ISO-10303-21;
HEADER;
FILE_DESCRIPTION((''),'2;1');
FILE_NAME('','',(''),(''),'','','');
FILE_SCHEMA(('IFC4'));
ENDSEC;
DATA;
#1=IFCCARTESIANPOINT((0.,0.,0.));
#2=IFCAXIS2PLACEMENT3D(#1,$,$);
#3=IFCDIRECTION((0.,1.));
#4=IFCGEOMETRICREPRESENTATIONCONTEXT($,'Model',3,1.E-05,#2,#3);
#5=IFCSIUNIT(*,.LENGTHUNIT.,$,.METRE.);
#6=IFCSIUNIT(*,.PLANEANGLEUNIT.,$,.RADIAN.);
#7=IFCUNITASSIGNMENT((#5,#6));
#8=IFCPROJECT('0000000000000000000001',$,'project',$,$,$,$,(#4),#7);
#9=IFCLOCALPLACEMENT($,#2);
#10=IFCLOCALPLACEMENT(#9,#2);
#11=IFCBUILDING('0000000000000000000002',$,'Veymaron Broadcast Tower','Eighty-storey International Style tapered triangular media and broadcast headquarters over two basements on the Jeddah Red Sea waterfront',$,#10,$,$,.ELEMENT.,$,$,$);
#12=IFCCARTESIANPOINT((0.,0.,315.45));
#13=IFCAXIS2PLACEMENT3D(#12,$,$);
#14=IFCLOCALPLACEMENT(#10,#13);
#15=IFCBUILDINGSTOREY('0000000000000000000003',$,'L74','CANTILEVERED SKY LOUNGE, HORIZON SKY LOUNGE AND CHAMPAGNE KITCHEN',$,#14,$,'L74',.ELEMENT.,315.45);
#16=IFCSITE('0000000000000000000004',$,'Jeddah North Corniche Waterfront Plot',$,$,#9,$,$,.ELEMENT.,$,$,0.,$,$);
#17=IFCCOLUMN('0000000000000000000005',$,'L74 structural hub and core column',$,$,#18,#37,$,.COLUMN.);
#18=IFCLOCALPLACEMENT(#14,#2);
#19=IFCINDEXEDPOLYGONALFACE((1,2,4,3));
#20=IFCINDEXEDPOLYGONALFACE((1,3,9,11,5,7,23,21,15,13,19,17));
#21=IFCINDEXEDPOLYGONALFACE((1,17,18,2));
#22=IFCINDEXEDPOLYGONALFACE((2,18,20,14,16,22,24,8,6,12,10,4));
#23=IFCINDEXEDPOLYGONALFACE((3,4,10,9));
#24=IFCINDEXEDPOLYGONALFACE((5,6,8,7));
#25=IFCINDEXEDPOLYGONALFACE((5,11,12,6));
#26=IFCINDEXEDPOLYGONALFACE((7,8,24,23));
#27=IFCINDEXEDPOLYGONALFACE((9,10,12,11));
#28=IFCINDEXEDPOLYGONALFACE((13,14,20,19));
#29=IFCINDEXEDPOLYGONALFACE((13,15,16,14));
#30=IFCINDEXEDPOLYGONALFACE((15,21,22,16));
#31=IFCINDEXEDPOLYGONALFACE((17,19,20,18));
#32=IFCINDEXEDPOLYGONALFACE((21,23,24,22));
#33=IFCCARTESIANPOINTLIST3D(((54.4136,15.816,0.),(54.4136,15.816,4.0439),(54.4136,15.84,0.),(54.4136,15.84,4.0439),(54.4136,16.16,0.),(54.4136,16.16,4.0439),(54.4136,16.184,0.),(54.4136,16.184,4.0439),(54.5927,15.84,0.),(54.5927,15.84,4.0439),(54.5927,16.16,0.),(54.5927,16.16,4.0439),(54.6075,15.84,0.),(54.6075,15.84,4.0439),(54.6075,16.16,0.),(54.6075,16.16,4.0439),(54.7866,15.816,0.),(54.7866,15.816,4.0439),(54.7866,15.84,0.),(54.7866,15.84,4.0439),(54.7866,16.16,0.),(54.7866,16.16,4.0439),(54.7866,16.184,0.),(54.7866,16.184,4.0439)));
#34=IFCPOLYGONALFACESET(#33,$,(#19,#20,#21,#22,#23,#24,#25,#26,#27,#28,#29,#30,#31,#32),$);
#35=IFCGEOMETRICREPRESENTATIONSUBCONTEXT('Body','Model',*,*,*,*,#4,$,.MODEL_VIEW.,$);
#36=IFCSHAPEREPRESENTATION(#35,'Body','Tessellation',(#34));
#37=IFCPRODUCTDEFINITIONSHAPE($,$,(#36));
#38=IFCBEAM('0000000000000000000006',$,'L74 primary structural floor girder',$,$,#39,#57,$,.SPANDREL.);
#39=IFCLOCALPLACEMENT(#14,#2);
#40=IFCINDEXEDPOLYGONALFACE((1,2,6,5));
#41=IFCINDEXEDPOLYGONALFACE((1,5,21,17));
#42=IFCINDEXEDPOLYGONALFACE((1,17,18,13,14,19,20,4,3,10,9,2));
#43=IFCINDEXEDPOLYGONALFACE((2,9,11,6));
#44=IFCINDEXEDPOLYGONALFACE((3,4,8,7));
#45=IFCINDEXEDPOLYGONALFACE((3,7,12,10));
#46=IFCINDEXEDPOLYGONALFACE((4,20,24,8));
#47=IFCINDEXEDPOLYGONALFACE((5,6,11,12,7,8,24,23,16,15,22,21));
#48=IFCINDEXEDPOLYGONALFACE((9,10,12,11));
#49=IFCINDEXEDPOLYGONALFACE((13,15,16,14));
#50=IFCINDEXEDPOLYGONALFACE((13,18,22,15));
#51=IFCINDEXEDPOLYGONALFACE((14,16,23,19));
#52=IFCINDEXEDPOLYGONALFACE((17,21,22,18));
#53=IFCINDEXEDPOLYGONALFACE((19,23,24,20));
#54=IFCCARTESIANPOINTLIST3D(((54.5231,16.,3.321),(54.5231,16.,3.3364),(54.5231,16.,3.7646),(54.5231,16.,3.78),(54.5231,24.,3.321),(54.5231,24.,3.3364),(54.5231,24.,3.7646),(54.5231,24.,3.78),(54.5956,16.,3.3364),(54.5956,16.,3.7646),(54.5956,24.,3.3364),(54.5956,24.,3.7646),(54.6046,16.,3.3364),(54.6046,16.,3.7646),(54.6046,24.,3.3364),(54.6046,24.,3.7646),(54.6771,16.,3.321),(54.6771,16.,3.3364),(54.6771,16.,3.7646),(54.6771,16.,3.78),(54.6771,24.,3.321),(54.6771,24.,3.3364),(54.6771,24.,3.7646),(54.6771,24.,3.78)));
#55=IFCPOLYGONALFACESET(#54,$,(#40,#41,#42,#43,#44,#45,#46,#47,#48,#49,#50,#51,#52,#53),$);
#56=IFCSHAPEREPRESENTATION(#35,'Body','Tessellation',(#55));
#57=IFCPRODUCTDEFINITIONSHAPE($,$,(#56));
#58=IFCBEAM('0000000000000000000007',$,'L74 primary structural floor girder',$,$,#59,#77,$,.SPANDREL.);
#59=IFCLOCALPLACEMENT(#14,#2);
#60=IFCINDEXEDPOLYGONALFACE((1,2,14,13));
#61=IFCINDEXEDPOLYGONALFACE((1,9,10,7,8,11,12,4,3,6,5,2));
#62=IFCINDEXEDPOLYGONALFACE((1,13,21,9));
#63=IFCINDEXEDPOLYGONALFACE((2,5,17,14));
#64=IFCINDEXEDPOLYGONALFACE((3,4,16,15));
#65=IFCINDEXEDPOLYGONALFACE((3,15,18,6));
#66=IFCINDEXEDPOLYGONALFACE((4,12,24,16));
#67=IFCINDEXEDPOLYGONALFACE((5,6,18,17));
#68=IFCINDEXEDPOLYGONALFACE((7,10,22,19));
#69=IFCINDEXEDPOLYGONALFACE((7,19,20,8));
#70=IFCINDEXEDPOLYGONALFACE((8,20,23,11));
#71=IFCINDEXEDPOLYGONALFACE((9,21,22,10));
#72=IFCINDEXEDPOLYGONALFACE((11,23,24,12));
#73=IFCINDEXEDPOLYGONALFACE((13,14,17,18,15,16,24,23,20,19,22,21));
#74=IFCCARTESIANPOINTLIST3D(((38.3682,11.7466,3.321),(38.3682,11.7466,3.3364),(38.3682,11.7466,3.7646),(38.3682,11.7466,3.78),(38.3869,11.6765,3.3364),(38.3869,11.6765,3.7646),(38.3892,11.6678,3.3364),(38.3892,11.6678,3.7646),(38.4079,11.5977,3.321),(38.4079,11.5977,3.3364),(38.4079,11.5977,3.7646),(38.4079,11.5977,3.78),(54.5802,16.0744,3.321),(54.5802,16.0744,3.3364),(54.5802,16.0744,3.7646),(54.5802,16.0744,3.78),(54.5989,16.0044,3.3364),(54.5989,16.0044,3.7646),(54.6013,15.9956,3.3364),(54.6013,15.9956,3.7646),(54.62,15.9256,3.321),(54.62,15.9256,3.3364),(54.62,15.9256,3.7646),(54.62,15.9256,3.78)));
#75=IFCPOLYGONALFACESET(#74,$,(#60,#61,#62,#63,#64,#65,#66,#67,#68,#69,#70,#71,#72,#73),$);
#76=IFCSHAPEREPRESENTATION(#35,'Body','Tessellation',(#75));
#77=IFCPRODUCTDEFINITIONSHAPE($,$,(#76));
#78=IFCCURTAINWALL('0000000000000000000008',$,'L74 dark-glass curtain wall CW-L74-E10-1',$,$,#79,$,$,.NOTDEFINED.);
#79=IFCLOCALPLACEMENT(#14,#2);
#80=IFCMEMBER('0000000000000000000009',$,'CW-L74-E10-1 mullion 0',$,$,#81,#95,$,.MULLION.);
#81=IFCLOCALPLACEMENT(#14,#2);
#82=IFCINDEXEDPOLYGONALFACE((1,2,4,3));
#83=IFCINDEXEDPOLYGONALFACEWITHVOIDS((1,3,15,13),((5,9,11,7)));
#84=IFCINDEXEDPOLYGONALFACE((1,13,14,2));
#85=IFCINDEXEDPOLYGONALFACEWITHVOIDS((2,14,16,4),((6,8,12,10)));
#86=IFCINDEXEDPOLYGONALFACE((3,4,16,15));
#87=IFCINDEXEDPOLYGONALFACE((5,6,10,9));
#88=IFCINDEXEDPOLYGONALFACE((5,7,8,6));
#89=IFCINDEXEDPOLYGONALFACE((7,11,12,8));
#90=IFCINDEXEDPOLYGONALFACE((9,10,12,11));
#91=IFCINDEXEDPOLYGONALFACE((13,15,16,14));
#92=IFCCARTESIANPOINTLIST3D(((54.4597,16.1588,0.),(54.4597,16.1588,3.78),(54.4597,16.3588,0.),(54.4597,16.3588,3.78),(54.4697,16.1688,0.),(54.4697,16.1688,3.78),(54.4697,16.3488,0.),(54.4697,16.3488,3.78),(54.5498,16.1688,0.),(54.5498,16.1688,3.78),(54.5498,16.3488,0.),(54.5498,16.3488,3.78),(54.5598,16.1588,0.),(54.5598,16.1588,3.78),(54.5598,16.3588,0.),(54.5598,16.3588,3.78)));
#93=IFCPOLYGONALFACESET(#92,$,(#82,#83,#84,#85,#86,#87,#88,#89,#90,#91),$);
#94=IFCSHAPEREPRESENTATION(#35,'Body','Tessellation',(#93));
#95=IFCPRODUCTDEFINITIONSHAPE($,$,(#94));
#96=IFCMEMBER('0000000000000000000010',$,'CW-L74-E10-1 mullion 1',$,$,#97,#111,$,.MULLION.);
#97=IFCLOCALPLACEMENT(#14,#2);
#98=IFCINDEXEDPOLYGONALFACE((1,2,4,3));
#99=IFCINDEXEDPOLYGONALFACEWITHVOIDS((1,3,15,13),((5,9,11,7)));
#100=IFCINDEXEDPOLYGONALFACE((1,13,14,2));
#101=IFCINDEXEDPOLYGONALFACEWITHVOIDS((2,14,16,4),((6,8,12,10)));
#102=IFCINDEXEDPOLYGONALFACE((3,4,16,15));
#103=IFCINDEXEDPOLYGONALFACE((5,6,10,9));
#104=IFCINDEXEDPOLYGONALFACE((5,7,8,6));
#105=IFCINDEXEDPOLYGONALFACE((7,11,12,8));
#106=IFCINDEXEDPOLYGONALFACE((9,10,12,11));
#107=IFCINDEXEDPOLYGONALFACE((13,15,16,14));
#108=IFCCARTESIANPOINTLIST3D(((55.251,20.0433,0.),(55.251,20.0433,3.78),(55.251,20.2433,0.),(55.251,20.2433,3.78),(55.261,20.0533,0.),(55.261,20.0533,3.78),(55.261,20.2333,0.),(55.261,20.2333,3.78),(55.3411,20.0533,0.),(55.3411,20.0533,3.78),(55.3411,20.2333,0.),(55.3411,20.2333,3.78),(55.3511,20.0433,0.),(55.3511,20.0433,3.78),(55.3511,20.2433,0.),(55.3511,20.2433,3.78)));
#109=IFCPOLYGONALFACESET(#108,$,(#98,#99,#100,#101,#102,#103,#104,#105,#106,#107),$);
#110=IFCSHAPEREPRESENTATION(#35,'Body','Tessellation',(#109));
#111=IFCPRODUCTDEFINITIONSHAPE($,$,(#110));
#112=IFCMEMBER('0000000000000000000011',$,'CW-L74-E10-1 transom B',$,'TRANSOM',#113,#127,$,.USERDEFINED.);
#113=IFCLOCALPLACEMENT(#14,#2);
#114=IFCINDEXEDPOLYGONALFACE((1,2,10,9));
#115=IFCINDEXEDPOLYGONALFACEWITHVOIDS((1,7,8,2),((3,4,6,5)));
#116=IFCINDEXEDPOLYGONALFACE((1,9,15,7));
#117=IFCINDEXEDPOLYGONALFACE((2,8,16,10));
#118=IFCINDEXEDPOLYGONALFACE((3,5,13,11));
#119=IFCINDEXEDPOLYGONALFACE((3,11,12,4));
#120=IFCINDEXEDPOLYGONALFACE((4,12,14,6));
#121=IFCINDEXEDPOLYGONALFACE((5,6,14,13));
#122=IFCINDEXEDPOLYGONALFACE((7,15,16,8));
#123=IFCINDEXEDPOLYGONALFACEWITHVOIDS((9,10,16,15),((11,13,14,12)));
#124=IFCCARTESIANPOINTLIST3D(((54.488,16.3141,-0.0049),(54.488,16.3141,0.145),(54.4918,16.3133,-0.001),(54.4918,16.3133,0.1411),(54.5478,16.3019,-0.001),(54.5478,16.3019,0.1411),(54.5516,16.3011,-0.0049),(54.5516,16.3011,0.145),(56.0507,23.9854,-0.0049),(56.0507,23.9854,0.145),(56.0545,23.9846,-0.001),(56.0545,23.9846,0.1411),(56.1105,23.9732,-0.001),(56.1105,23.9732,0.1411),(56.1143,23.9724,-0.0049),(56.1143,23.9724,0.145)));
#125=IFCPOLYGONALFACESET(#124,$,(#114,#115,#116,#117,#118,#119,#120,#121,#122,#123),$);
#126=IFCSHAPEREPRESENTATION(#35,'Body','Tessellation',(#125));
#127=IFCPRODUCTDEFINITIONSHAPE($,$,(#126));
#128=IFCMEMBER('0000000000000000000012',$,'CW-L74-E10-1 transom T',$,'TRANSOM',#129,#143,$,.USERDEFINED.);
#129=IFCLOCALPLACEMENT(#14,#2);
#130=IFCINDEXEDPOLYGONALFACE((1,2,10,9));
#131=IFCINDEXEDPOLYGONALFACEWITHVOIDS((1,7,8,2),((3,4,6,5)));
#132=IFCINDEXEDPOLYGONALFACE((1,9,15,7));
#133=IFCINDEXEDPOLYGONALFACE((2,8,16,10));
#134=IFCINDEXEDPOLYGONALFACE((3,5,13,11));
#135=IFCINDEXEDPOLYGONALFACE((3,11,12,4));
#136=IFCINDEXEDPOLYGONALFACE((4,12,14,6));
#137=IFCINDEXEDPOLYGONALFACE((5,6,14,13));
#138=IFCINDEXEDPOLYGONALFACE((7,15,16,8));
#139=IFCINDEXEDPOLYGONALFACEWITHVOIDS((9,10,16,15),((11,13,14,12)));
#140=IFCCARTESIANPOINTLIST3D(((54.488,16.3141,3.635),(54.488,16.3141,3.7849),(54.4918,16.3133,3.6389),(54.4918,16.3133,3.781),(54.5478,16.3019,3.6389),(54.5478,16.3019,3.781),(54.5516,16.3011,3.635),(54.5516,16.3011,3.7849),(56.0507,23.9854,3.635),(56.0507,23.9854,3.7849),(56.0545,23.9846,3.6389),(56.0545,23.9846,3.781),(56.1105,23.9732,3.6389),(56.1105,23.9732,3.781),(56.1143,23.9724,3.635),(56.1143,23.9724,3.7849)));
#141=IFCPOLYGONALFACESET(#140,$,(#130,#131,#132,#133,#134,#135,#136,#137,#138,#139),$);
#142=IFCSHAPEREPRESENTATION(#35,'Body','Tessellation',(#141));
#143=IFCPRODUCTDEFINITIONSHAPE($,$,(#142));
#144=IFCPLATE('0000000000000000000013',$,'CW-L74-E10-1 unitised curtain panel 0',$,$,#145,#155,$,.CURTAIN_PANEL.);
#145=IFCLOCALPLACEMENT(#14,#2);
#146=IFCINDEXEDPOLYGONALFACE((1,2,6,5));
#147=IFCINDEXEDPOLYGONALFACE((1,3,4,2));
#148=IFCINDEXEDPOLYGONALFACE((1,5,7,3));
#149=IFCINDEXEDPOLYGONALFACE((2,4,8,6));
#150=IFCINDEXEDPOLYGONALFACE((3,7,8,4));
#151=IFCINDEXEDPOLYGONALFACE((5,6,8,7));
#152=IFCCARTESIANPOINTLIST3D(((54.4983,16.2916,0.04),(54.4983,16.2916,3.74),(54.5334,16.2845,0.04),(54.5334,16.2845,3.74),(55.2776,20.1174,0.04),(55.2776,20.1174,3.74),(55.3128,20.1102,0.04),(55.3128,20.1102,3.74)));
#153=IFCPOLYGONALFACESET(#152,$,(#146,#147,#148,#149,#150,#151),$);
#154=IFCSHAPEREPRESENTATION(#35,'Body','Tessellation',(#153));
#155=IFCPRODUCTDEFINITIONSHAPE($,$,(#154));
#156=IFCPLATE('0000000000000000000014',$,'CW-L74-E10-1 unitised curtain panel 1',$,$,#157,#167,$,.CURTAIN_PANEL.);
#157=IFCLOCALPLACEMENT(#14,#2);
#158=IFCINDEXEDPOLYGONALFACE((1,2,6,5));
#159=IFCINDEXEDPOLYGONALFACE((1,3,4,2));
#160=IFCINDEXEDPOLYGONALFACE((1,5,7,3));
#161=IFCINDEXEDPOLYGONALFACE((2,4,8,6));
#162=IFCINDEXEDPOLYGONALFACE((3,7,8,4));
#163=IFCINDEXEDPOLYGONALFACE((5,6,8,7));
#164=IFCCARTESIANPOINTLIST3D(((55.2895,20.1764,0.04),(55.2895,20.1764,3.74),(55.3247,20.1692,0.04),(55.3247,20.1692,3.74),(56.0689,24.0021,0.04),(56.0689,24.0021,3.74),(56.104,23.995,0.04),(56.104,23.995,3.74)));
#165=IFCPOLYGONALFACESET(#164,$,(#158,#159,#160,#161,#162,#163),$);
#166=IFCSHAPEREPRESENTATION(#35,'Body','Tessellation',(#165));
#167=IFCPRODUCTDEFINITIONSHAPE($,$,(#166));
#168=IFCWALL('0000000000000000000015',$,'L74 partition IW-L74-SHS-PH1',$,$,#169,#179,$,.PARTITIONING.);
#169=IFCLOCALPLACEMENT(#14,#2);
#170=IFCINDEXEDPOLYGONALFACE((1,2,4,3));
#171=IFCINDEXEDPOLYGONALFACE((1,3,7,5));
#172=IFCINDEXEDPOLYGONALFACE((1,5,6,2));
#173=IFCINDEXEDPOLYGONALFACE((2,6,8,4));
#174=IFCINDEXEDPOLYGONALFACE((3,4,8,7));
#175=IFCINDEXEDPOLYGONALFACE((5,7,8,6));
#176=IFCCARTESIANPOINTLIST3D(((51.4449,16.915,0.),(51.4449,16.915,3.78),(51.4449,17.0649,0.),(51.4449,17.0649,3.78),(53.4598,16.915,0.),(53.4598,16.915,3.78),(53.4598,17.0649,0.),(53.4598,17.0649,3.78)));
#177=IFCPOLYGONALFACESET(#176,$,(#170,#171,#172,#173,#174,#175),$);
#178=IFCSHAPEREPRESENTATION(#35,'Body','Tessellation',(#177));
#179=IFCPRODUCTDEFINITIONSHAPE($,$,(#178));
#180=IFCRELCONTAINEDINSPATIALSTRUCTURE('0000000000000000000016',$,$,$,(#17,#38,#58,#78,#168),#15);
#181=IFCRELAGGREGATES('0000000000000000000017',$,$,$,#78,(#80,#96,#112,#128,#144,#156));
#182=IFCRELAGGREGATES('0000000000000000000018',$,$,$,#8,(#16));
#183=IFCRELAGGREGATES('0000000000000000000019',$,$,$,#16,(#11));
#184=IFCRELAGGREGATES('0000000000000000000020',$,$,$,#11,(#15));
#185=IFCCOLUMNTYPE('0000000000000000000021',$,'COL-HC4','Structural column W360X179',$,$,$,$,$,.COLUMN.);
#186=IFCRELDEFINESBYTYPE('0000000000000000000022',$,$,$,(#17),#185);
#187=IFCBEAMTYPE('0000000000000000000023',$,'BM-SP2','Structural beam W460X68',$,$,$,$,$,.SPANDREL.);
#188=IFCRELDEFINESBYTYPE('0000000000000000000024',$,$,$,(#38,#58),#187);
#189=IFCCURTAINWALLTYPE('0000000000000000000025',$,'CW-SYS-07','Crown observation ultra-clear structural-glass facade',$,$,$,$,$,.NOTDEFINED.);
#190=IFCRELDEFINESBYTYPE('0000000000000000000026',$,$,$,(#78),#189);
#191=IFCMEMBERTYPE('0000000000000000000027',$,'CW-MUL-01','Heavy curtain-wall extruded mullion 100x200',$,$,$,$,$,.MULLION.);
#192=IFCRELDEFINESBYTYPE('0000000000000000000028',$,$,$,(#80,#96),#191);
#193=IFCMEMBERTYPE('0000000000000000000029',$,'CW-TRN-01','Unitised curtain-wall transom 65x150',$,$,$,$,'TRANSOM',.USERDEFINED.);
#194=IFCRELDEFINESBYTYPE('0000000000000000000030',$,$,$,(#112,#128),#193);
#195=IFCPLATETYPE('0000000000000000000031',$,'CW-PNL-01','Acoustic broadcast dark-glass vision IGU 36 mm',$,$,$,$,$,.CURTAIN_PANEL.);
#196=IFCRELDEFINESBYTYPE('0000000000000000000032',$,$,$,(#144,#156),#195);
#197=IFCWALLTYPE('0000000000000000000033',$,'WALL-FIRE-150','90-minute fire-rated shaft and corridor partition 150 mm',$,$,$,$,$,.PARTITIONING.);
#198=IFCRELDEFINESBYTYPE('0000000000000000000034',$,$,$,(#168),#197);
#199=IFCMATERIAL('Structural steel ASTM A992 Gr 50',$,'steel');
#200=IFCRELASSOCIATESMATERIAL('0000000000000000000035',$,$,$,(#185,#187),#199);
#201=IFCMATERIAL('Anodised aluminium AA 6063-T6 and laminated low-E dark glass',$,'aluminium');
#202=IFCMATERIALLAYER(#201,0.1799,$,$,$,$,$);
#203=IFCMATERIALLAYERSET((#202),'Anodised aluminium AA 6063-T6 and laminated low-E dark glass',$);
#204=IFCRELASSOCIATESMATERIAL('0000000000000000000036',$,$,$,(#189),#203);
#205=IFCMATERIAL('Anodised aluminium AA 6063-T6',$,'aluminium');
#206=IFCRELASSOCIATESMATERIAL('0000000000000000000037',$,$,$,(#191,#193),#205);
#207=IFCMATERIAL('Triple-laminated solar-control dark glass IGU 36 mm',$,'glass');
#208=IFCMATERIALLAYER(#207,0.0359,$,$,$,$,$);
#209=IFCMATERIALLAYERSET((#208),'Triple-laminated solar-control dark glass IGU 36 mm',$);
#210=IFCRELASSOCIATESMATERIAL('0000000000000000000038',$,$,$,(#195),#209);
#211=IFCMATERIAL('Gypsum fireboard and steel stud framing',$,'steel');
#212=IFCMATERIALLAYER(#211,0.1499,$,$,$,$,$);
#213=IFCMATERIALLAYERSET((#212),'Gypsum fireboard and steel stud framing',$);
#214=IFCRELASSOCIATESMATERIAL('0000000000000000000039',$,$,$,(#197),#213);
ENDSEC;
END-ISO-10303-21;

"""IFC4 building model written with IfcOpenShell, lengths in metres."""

from ifc_helpers import new_model, si_unit, direction, frame, frame_2d, origin, origin_2d, place, context, subcontext, project, spatial, rectangle, hollow_rectangle, i_section, extrude, material, layer, layer_set, material_profile, profile_set, type_object, element, aggregate, save


model = new_model("IFC4")

# Units and contexts
model_context = context("Model", 3, precision=1e-05, world=origin(), true_north=direction((0.0, 1.0)))
body_context = subcontext(model_context, "Body", "Model", "MODEL_VIEW")
ifc_project = project(units=[si_unit("LENGTHUNIT", "METRE"), si_unit("PLANEANGLEUNIT", "RADIAN")], contexts=[model_context])

# Site, building, storey
site_placement = place(None, origin())
site = spatial("IfcSite", under=ifc_project, at=site_placement, Name="Jeddah North Corniche Waterfront Plot", CompositionType="ELEMENT", RefElevation=0.0)
building_placement = place(site_placement, origin())
building = spatial("IfcBuilding", under=site, at=building_placement, Name="Veymaron Broadcast Tower", Description="Eighty-storey International Style tapered triangular media and broadcast headquarters over two basements on the Jeddah Red Sea waterfront", CompositionType="ELEMENT")
storey_placement = place(building_placement, frame((0.0, 0.0, 315.45)))
storey = spatial("IfcBuildingStorey", under=building, at=storey_placement, Name="L74", Description="CANTILEVERED SKY LOUNGE, HORIZON SKY LOUNGE AND CHAMPAGNE KITCHEN", LongName="L74", CompositionType="ELEMENT", Elevation=315.45)

# Column
ifc_material_1 = material(Name="Structural steel ASTM A992 Gr 50", Category="steel")
ifc_material_profile_1 = material_profile(ifc_material_1, i_section(OverallWidth=0.373, OverallDepth=0.3679, WebThickness=0.0149, FlangeThickness=0.0239, at=origin_2d()), Name="W360X179")
ifc_profile_set_1 = profile_set([ifc_material_profile_1], Name="Structural steel ASTM A992 Gr 50")
column_type = type_object("IfcColumnType", Name="COL-HC4", Description="Structural column W360X179", PredefinedType="COLUMN", material=ifc_profile_set_1)
column_placement = place(storey_placement, frame((54.6001, 16.0, 0.0), z_axis=(0.0, 0.0, 1.0), x_axis=(1.0, 0.0, 0.0)))
element("IfcColumn", 1, at=column_placement, inside=storey, type_object=column_type, Name="L74 structural hub and core column", PredefinedType="COLUMN", context=body_context, shape_type="SweptSolid", body=[
    extrude(i_section(OverallWidth=0.373, OverallDepth=0.3679, WebThickness=0.0149, FlangeThickness=0.0239, at=origin_2d()), origin(), (0.0, 0.0, 1.0), 4.0439),
])

# Beams
ifc_material_profile_2 = material_profile(ifc_material_1, i_section(OverallWidth=0.1541, OverallDepth=0.459, WebThickness=0.009, FlangeThickness=0.0154, at=origin_2d()), Name="W460X68")
ifc_profile_set_2 = profile_set([ifc_material_profile_2], Name="Structural steel ASTM A992 Gr 50")
beam_type = type_object("IfcBeamType", Name="BM-SP2", Description="Structural beam W460X68", PredefinedType="SPANDREL", material=ifc_profile_set_2)
beam_1_placement = place(storey_placement, frame((54.6001, 16.0, 3.5505), z_axis=(0.0, 1.0, 0.0), x_axis=(-1.0, 0.0, 0.0)))
element("IfcBeam", 2, at=beam_1_placement, inside=storey, type_object=beam_type, Name="L74 primary structural floor girder", PredefinedType="SPANDREL", context=body_context, shape_type="SweptSolid", body=[
    extrude(i_section(OverallWidth=0.1541, OverallDepth=0.459, WebThickness=0.009, FlangeThickness=0.0154, at=origin_2d()), origin(), (0.0, 0.0, 1.0), 8.0),
])
beam_2_placement = place(storey_placement, frame((54.6001, 16.0, 3.5505), z_axis=(-0.966166, -0.257921, 0.0), x_axis=(0.257921, -0.966166, 0.0)))
element("IfcBeam", 3, at=beam_2_placement, inside=storey, type_object=beam_type, Name="L74 primary structural floor girder", PredefinedType="SPANDREL", context=body_context, shape_type="SweptSolid", body=[
    extrude(i_section(OverallWidth=0.1541, OverallDepth=0.459, WebThickness=0.009, FlangeThickness=0.0154, at=origin_2d()), origin(), (0.0, 0.0, 1.0), 16.7798),
])

# Curtain wall, members, plates
ifc_material_2 = material(Name="Anodised aluminium AA 6063-T6 and laminated low-E dark glass", Category="aluminium")
ifc_layer_1 = layer(ifc_material_2, 0.1799)
ifc_layer_set_1 = layer_set([ifc_layer_1], Name="Anodised aluminium AA 6063-T6 and laminated low-E dark glass")
curtain_wall_type = type_object("IfcCurtainWallType", Name="CW-SYS-07", Description="Crown observation ultra-clear structural-glass facade", PredefinedType="NOTDEFINED", material=ifc_layer_set_1)
curtain_wall_placement = place(storey_placement, origin())
curtain_wall = element("IfcCurtainWall", 4, at=curtain_wall_placement, inside=storey, type_object=curtain_wall_type, Name="L74 dark-glass curtain wall CW-L74-E10-1", PredefinedType="NOTDEFINED")
ifc_material_3 = material(Name="Anodised aluminium AA 6063-T6", Category="aluminium")
ifc_material_profile_3 = material_profile(ifc_material_3, hollow_rectangle(XDim=0.1001, YDim=0.2, WallThickness=0.01, at=origin_2d()), Name="RHS200X100X10")
ifc_profile_set_3 = profile_set([ifc_material_profile_3], Name="Anodised aluminium AA 6063-T6")
member_type_1 = type_object("IfcMemberType", Name="CW-MUL-01", Description="Heavy curtain-wall extruded mullion 100x200", PredefinedType="MULLION", material=ifc_profile_set_3)
member_1_placement = place(storey_placement, frame((54.5098, 16.2588, 0.0), z_axis=(0.0, 0.0, 1.0), x_axis=(1.0, 0.0, 0.0)))
member_1 = element("IfcMember", 5, at=member_1_placement, type_object=member_type_1, Name="CW-L74-E10-1 mullion 0", PredefinedType="MULLION", context=body_context, shape_type="SweptSolid", body=[
    extrude(hollow_rectangle(XDim=0.1001, YDim=0.2, WallThickness=0.01, at=origin_2d()), origin(), (0.0, 0.0, 1.0), 3.78),
])
member_2_placement = place(storey_placement, frame((55.301, 20.1433, 0.0), z_axis=(0.0, 0.0, 1.0), x_axis=(1.0, 0.0, 0.0)))
member_2 = element("IfcMember", 6, at=member_2_placement, type_object=member_type_1, Name="CW-L74-E10-1 mullion 1", PredefinedType="MULLION", context=body_context, shape_type="SweptSolid", body=[
    extrude(hollow_rectangle(XDim=0.1001, YDim=0.2, WallThickness=0.01, at=origin_2d()), origin(), (0.0, 0.0, 1.0), 3.78),
])
ifc_material_profile_4 = material_profile(ifc_material_3, hollow_rectangle(XDim=0.0649, YDim=0.1499, WallThickness=0.0039, at=origin_2d()), Name="AL150X65X4")
ifc_profile_set_4 = profile_set([ifc_material_profile_4], Name="Anodised aluminium AA 6063-T6")
member_type_2 = type_object("IfcMemberType", Name="CW-TRN-01", Description="Unitised curtain-wall transom 65x150", ElementType="TRANSOM", PredefinedType="USERDEFINED", material=ifc_profile_set_4)
member_3_placement = place(storey_placement, frame((54.5198, 16.3076, 0.0701), z_axis=(0.199611, 0.979875, 0.0), x_axis=(-0.979875, 0.199611, 0.0)))
member_3 = element("IfcMember", 7, at=member_3_placement, type_object=member_type_2, Name="CW-L74-E10-1 transom B", ObjectType="TRANSOM", PredefinedType="USERDEFINED", context=body_context, shape_type="SweptSolid", body=[
    extrude(hollow_rectangle(XDim=0.0649, YDim=0.1499, WallThickness=0.0039, at=origin_2d()), origin(), (0.0, 0.0, 1.0), 7.8289),
])
member_4_placement = place(storey_placement, frame((54.5198, 16.3076, 3.71), z_axis=(0.199611, 0.979875, 0.0), x_axis=(-0.979875, 0.199611, 0.0)))
member_4 = element("IfcMember", 8, at=member_4_placement, type_object=member_type_2, Name="CW-L74-E10-1 transom T", ObjectType="TRANSOM", PredefinedType="USERDEFINED", context=body_context, shape_type="SweptSolid", body=[
    extrude(hollow_rectangle(XDim=0.0649, YDim=0.1499, WallThickness=0.0039, at=origin_2d()), origin(), (0.0, 0.0, 1.0), 7.8289),
])
ifc_material_4 = material(Name="Triple-laminated solar-control dark glass IGU 36 mm", Category="glass")
ifc_layer_2 = layer(ifc_material_4, 0.0359)
ifc_layer_set_2 = layer_set([ifc_layer_2], Name="Triple-laminated solar-control dark glass IGU 36 mm")
plate_type = type_object("IfcPlateType", Name="CW-PNL-01", Description="Acoustic broadcast dark-glass vision IGU 36 mm", PredefinedType="CURTAIN_PANEL", material=ifc_layer_set_2)
plate_1_placement = place(storey_placement, frame((54.9055, 18.2009, 0.04), z_axis=(0.0, 0.0, 1.0), x_axis=(0.199607, 0.979876, 0.0)))
plate_1 = element("IfcPlate", 9, at=plate_1_placement, type_object=plate_type, Name="CW-L74-E10-1 unitised curtain panel 0", PredefinedType="CURTAIN_PANEL", context=body_context, shape_type="SweptSolid", body=[
    extrude(rectangle(XDim=3.9043, YDim=0.0359, at=origin_2d()), origin(), (0.0, 0.0, 1.0), 3.7),
])
plate_2_placement = place(storey_placement, frame((55.6968, 22.0857, 0.04), z_axis=(0.0, 0.0, 1.0), x_axis=(0.199607, 0.979876, 0.0)))
plate_2 = element("IfcPlate", 10, at=plate_2_placement, type_object=plate_type, Name="CW-L74-E10-1 unitised curtain panel 1", PredefinedType="CURTAIN_PANEL", context=body_context, shape_type="SweptSolid", body=[
    extrude(rectangle(XDim=3.9043, YDim=0.0359, at=origin_2d()), origin(), (0.0, 0.0, 1.0), 3.7),
])
aggregate(curtain_wall, [member_1, member_2, member_3, member_4, plate_1, plate_2])

# Shared definitions
ifc_material_5 = material(Name="Gypsum fireboard and steel stud framing", Category="steel")
ifc_layer_3 = layer(ifc_material_5, 0.1499)
ifc_layer_set_3 = layer_set([ifc_layer_3], Name="Gypsum fireboard and steel stud framing")
wall_type_1 = type_object("IfcWallType", Name="WALL-FIRE-150", Description="90-minute fire-rated shaft and corridor partition 150 mm", PredefinedType="PARTITIONING", material=ifc_layer_set_3)

# Wall
for number, where, z_axis, x_axis, name in (
    (11, (51.4451, 16.99, 0.0), (0.0, 0.0, 1.0), (1.0, 0.0, 0.0), "L74 partition IW-L74-SHS-PH1"),
):
    element("IfcWall", number, at=place(storey_placement, frame(where, z_axis=z_axis, x_axis=x_axis)), inside=storey, type_object=wall_type_1, Name=name, PredefinedType="PARTITIONING", context=body_context, shape_type="SweptSolid", body=[
        extrude(rectangle(XDim=2.0149, YDim=0.1499, at=frame_2d((1.0073, 0.0))), origin(), (0.0, 0.0, 1.0), 3.78),
    ])

save(model, "model.ifc")
